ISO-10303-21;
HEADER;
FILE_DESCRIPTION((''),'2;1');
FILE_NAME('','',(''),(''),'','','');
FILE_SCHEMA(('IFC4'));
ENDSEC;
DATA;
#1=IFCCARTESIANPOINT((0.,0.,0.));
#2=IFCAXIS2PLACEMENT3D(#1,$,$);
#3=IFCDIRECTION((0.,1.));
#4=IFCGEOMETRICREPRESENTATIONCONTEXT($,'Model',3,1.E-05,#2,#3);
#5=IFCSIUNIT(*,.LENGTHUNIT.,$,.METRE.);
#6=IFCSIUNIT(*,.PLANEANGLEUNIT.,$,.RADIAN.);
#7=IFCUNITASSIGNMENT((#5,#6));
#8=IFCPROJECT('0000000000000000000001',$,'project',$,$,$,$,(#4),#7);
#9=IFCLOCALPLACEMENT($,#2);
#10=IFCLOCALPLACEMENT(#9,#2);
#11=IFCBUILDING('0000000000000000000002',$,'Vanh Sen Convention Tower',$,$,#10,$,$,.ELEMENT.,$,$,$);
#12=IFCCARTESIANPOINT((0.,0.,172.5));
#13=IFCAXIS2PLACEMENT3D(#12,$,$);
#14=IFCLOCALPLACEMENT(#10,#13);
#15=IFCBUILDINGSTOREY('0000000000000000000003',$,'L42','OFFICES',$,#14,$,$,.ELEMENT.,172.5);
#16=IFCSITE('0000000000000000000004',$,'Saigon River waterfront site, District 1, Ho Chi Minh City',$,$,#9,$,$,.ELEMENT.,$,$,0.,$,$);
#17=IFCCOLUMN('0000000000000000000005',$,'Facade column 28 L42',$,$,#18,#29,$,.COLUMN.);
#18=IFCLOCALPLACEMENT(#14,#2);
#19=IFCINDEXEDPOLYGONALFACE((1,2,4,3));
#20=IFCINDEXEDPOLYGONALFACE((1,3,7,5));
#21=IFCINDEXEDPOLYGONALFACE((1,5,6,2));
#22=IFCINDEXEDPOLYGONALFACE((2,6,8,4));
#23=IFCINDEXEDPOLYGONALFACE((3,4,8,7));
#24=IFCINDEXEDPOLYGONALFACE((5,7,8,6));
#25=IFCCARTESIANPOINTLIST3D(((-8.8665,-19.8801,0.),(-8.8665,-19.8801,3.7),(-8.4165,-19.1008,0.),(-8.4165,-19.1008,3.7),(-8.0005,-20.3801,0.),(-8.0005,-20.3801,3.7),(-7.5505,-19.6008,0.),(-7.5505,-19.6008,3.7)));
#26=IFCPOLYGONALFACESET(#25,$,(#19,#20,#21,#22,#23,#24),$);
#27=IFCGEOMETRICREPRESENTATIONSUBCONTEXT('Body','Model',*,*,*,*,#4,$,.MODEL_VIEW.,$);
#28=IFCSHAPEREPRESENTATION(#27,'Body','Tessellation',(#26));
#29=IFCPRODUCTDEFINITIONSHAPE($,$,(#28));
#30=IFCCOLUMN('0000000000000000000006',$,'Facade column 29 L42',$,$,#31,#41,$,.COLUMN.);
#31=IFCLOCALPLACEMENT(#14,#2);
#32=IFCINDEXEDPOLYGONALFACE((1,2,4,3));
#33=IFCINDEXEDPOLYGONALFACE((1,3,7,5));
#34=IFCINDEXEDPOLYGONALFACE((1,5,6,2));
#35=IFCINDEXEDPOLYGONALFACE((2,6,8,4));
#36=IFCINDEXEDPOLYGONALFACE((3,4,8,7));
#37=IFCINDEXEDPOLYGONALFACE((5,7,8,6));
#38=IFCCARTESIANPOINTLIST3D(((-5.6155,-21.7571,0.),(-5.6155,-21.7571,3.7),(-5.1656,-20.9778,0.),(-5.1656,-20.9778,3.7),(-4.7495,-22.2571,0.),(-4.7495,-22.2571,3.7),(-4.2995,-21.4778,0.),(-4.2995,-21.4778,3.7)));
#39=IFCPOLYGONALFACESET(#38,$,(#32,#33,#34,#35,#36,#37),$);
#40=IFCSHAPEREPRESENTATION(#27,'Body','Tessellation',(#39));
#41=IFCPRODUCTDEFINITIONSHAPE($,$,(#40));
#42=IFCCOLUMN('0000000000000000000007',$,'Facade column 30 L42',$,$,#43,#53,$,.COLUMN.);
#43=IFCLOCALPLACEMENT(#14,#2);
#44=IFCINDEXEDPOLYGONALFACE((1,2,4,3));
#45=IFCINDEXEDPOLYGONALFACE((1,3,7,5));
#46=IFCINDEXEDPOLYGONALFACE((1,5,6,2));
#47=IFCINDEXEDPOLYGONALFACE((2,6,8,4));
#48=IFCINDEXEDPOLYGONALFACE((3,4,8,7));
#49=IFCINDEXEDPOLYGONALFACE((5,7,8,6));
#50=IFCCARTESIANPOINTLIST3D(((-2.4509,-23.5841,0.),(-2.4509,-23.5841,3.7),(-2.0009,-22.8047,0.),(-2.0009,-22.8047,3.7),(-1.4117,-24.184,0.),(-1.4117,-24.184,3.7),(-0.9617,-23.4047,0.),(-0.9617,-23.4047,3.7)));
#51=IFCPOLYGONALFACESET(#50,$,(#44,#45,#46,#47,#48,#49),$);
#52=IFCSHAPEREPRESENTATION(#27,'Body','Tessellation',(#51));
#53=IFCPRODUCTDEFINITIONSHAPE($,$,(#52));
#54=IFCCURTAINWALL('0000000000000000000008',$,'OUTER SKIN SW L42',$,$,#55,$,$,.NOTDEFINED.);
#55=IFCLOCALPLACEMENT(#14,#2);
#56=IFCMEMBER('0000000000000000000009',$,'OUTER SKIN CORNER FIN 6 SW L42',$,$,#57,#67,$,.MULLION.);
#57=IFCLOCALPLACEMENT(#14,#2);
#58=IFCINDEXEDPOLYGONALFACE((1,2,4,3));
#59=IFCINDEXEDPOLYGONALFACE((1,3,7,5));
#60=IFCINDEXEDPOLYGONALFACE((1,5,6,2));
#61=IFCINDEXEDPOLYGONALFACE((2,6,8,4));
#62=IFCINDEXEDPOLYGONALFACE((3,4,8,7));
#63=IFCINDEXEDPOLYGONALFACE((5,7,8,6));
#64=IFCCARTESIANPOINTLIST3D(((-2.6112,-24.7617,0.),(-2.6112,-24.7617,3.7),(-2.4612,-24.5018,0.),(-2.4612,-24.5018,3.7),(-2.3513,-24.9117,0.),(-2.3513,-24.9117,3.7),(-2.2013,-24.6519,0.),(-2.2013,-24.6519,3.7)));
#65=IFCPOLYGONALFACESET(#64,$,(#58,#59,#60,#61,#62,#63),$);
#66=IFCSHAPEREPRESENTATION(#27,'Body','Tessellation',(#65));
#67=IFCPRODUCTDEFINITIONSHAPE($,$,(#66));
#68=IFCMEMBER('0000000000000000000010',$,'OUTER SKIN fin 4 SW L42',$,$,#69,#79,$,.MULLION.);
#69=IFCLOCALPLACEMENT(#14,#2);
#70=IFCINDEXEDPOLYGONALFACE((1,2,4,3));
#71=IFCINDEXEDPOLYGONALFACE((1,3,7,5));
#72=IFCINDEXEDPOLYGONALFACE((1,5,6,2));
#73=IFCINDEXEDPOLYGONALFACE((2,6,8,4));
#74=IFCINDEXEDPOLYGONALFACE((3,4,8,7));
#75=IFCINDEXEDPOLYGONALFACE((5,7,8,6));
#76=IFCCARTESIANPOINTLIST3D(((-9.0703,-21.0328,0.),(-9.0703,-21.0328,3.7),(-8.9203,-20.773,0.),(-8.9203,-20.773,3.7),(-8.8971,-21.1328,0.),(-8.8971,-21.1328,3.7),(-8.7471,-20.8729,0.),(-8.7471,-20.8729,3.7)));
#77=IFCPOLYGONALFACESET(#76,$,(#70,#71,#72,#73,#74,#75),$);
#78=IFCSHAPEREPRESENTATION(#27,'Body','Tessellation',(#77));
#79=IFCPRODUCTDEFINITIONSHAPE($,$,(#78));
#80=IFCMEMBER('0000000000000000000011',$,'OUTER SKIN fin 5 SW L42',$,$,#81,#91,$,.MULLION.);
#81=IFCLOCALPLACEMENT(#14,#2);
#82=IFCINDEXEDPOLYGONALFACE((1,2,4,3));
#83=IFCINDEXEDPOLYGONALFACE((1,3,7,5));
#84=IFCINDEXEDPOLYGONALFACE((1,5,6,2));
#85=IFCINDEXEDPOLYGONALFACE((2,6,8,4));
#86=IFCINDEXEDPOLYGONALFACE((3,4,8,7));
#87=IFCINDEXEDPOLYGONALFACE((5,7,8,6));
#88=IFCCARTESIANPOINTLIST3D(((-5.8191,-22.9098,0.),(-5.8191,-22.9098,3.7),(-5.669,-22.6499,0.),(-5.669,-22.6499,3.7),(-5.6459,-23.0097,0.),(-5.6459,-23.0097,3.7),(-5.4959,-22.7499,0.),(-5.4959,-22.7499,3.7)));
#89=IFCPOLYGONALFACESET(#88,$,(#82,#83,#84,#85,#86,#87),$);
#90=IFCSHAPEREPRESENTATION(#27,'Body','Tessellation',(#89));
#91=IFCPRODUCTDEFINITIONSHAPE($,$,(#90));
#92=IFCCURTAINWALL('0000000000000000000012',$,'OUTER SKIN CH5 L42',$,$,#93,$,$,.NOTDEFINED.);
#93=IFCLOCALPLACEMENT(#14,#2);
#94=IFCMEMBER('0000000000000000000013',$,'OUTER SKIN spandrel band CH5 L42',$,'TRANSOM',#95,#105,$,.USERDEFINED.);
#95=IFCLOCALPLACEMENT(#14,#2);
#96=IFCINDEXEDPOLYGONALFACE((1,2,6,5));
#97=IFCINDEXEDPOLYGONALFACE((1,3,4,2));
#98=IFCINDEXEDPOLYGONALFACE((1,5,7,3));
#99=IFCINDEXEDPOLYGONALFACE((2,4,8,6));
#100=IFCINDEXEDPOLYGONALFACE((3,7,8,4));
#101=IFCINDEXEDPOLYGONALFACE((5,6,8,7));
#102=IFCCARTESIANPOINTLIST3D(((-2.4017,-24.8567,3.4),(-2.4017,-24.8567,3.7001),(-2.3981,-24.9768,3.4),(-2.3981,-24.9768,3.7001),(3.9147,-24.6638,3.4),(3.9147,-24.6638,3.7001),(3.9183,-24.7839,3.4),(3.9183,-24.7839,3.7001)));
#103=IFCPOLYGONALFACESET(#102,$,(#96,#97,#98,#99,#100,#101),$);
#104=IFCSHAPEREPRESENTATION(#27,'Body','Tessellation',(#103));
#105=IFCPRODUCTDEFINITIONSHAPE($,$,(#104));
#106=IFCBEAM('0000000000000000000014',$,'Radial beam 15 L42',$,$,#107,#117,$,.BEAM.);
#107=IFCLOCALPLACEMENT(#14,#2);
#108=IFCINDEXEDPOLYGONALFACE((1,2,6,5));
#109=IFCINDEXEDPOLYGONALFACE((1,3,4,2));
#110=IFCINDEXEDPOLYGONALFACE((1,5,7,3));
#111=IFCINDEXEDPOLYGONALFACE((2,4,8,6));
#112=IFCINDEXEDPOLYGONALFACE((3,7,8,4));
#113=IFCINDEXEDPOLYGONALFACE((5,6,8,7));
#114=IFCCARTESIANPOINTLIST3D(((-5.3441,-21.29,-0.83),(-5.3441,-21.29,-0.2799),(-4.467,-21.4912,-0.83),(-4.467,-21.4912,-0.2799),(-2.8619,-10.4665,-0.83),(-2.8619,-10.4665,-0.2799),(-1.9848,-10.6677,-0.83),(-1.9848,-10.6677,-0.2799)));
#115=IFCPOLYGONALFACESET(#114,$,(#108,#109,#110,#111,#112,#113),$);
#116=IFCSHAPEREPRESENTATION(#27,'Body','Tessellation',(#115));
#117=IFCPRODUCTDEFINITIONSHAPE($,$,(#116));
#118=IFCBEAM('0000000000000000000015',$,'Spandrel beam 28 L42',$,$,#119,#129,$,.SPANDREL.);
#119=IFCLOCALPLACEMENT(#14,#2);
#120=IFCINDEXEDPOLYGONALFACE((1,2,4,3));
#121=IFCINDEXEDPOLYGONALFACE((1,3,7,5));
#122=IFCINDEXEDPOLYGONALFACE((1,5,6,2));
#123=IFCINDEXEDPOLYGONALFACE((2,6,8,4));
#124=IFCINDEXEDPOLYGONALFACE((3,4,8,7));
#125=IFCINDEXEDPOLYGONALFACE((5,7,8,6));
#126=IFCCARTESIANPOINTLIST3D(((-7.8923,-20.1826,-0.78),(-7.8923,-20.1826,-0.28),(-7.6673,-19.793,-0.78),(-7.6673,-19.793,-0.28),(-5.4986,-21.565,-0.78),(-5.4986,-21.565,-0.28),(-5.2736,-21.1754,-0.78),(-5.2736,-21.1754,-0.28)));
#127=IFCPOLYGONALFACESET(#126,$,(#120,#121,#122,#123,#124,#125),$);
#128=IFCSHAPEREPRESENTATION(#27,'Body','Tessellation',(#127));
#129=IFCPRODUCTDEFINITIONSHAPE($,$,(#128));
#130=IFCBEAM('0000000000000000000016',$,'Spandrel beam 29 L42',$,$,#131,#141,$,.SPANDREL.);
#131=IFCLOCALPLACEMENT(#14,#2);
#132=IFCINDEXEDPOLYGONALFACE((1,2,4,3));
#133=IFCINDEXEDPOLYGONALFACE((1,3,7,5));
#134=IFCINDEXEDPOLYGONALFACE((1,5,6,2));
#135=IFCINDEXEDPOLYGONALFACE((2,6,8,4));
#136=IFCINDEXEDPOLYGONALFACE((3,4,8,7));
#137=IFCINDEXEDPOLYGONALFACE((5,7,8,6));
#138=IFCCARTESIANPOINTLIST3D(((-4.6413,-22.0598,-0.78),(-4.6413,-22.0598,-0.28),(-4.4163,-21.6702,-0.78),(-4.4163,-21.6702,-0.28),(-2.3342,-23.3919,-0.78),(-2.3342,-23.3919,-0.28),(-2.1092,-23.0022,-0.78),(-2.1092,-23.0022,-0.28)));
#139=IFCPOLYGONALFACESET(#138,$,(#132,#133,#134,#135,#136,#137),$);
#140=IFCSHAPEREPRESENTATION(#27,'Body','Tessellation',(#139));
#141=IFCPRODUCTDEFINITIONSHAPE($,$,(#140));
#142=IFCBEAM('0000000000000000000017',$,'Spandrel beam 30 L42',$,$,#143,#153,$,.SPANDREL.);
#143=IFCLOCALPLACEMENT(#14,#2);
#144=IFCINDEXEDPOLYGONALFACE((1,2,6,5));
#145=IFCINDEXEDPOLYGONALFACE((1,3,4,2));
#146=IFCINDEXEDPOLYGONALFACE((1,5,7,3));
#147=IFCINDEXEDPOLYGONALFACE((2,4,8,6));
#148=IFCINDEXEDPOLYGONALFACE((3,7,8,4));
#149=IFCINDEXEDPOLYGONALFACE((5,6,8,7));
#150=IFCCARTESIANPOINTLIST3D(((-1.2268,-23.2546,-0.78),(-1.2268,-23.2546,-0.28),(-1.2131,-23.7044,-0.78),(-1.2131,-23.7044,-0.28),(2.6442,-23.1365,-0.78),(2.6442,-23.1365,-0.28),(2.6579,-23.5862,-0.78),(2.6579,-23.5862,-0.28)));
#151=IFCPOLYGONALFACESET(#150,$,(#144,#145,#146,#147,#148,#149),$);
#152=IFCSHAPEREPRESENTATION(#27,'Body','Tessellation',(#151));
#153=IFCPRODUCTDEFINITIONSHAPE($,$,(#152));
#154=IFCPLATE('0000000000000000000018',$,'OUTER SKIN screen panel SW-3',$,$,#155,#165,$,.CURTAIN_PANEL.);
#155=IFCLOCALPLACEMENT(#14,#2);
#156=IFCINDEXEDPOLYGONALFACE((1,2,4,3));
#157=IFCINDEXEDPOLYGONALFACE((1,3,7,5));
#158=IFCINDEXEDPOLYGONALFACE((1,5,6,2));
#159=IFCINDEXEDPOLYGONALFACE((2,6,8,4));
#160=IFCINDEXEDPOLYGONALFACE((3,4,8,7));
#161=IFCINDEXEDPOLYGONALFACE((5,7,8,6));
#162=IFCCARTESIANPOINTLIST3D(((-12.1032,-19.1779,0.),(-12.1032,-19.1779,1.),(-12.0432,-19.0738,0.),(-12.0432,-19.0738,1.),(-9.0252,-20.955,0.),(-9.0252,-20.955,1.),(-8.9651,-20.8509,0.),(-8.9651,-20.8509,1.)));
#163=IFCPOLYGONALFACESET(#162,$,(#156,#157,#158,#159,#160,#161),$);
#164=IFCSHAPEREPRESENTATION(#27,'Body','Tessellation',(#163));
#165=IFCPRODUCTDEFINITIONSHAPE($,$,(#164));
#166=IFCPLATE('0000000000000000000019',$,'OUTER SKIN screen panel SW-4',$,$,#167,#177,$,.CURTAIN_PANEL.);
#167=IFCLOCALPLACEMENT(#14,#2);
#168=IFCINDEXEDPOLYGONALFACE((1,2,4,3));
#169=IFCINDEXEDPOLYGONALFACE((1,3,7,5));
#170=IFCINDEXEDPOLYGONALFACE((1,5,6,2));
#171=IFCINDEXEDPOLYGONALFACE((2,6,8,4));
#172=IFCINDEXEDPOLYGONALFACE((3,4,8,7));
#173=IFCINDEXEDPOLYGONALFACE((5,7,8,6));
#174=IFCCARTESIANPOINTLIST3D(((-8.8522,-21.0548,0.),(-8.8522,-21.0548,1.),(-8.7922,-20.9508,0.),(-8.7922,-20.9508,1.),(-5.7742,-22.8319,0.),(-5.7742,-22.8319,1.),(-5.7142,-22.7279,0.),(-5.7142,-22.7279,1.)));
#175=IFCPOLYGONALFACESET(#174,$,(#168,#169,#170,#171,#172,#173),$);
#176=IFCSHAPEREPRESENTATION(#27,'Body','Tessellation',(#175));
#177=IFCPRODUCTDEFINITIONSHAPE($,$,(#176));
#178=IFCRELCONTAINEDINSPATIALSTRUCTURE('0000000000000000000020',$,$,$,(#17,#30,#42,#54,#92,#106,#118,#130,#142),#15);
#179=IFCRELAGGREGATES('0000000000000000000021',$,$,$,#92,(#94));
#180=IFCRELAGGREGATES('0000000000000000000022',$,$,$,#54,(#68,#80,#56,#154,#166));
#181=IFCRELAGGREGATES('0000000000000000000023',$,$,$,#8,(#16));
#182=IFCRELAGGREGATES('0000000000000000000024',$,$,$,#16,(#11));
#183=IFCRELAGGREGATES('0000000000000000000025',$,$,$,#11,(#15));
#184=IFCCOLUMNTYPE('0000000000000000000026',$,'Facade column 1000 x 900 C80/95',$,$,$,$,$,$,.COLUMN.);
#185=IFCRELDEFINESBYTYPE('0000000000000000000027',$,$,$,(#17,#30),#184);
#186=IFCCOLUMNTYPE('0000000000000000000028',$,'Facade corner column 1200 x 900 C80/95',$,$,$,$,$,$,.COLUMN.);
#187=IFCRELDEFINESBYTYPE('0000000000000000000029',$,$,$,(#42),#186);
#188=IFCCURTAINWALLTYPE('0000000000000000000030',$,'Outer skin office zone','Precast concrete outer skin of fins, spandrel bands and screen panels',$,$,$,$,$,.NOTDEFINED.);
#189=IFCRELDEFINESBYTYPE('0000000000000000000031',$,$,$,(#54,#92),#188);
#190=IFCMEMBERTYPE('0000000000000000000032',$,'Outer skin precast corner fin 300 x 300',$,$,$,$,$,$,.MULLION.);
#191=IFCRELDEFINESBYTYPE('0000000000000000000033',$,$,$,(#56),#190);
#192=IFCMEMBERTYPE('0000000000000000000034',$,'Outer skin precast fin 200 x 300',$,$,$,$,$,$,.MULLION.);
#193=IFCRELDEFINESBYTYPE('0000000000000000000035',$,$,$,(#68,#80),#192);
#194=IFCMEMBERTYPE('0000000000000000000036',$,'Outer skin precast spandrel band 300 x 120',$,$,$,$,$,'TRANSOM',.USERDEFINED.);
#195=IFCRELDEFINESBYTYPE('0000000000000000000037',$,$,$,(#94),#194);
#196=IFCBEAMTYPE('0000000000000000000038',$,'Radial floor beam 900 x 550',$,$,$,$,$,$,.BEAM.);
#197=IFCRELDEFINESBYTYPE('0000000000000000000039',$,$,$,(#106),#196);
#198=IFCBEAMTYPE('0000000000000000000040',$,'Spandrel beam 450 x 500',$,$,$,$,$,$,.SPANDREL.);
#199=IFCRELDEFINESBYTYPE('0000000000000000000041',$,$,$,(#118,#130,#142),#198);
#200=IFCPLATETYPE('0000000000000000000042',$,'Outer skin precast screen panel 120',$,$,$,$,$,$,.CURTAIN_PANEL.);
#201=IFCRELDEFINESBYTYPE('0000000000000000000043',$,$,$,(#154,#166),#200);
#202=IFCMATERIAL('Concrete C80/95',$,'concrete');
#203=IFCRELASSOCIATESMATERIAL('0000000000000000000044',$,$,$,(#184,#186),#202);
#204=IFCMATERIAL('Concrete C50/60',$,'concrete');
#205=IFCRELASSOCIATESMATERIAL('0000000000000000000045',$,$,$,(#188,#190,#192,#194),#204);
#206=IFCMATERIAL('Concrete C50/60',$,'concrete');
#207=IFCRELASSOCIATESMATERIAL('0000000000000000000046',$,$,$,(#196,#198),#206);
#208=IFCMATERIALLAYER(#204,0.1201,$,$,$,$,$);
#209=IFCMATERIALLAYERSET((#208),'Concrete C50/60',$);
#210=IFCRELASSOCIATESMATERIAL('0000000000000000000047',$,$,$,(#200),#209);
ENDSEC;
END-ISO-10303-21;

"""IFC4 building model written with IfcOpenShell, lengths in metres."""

from ifc_helpers import new_model, si_unit, direction, frame, origin, origin_2d, place, context, subcontext, project, spatial, rectangle, extrude, material, layer, layer_set, material_profile, profile_set, type_object, element, aggregate, save


model = new_model("IFC4")

# Units and contexts
model_context = context("Model", 3, precision=1e-05, world=origin(), true_north=direction((0.0, 1.0)))
body_context = subcontext(model_context, "Body", "Model", "MODEL_VIEW")
ifc_project = project(units=[si_unit("LENGTHUNIT", "METRE"), si_unit("PLANEANGLEUNIT", "RADIAN")], contexts=[model_context])

# Site, building, storey
site_placement = place(None, origin())
site = spatial("IfcSite", under=ifc_project, at=site_placement, Name="Saigon River waterfront site, District 1, Ho Chi Minh City", CompositionType="ELEMENT", RefElevation=0.0)
building_placement = place(site_placement, origin())
building = spatial("IfcBuilding", under=site, at=building_placement, Name="Vanh Sen Convention Tower", CompositionType="ELEMENT")
storey_placement = place(building_placement, frame((0.0, 0.0, 172.5)))
storey = spatial("IfcBuildingStorey", under=building, at=storey_placement, Name="L42", Description="OFFICES", CompositionType="ELEMENT", Elevation=172.5)

# Columns
ifc_material_1 = material(Name="Concrete C80/95", Category="concrete")
ifc_material_profile_1 = material_profile(ifc_material_1, rectangle(XDim=1.0, YDim=0.8999, at=origin_2d()), Name="RC 1000X900")
ifc_profile_set_1 = profile_set([ifc_material_profile_1], Name="Concrete C80/95")
column_type_1 = type_object("IfcColumnType", Name="Facade column 1000 x 900 C80/95", PredefinedType="COLUMN", material=ifc_profile_set_1)
for number, where, z_axis, x_axis, name in (
    (1, (-8.2085, -19.7405, 0.0), (0.0, 0.0, 1.0), (0.866025, -0.5, 0.0), "Facade column 28 L42"),
    (2, (-4.9575, -21.6174, 0.0), (0.0, 0.0, 1.0), (0.866025, -0.5, 0.0), "Facade column 29 L42"),
):
    element("IfcColumn", number, at=place(storey_placement, frame(where, z_axis=z_axis, x_axis=x_axis)), inside=storey, type_object=column_type_1, Name=name, PredefinedType="COLUMN", context=body_context, shape_type="SweptSolid", body=[
        extrude(rectangle(XDim=1.0, YDim=0.8999, at=origin_2d()), origin(), (0.0, 0.0, 1.0), 3.7),
    ])
ifc_material_profile_2 = material_profile(ifc_material_1, rectangle(XDim=1.2, YDim=0.8999, at=origin_2d()), Name="RC 1200X900")
ifc_profile_set_2 = profile_set([ifc_material_profile_2], Name="Concrete C80/95")
column_type_2 = type_object("IfcColumnType", Name="Facade corner column 1200 x 900 C80/95", PredefinedType="COLUMN", material=ifc_profile_set_2)
column_placement = place(storey_placement, frame((-1.7063, -23.4944, 0.0), z_axis=(0.0, 0.0, 1.0), x_axis=(0.866025, -0.5, 0.0)))
element("IfcColumn", 3, at=column_placement, inside=storey, type_object=column_type_2, Name="Facade column 30 L42", PredefinedType="COLUMN", context=body_context, shape_type="SweptSolid", body=[
    extrude(rectangle(XDim=1.2, YDim=0.8999, at=origin_2d()), origin(), (0.0, 0.0, 1.0), 3.7),
])

# Curtain wall, members
ifc_material_2 = material(Name="Concrete C50/60", Category="concrete")
curtain_wall_type = type_object("IfcCurtainWallType", Name="Outer skin office zone", Description="Precast concrete outer skin of fins, spandrel bands and screen panels", PredefinedType="NOTDEFINED", material=ifc_material_2)
curtain_wall_1_placement = place(storey_placement, origin())
curtain_wall_1 = element("IfcCurtainWall", 4, at=curtain_wall_1_placement, inside=storey, type_object=curtain_wall_type, Name="OUTER SKIN SW L42", PredefinedType="NOTDEFINED")
ifc_material_profile_3 = material_profile(ifc_material_2, rectangle(XDim=0.3, YDim=0.3, at=origin_2d()), Name="Outer skin precast corner fin 300 x 300")
ifc_profile_set_3 = profile_set([ifc_material_profile_3], Name="Concrete C50/60")
member_type_1 = type_object("IfcMemberType", Name="Outer skin precast corner fin 300 x 300", PredefinedType="MULLION", material=ifc_profile_set_3)
member_1_placement = place(storey_placement, frame((-2.4062, -24.7068, 0.0), z_axis=(0.0, 0.0, 1.0), x_axis=(0.866025, -0.5, 0.0)))
member_1 = element("IfcMember", 5, at=member_1_placement, type_object=member_type_1, Name="OUTER SKIN CORNER FIN 6 SW L42", PredefinedType="MULLION", context=body_context, shape_type="SweptSolid", body=[
    extrude(rectangle(XDim=0.3, YDim=0.3, at=origin_2d()), origin(), (0.0, 0.0, 1.0), 3.7),
])
ifc_material_profile_4 = material_profile(ifc_material_2, rectangle(XDim=0.2, YDim=0.3, at=origin_2d()), Name="Outer skin precast fin 200 x 300")
ifc_profile_set_4 = profile_set([ifc_material_profile_4], Name="Concrete C50/60")
member_type_2 = type_object("IfcMemberType", Name="Outer skin precast fin 200 x 300", PredefinedType="MULLION", material=ifc_profile_set_4)
member_2_placement = place(storey_placement, frame((-8.9087, -20.9529, 0.0), z_axis=(0.0, 0.0, 1.0), x_axis=(0.866025, -0.5, 0.0)))
member_2 = element("IfcMember", 6, at=member_2_placement, type_object=member_type_2, Name="OUTER SKIN fin 4 SW L42", PredefinedType="MULLION", context=body_context, shape_type="SweptSolid", body=[
    extrude(rectangle(XDim=0.2, YDim=0.3, at=origin_2d()), origin(), (0.0, 0.0, 1.0), 3.7),
])
member_3_placement = place(storey_placement, frame((-5.6575, -22.8298, 0.0), z_axis=(0.0, 0.0, 1.0), x_axis=(0.866025, -0.5, 0.0)))
member_3 = element("IfcMember", 7, at=member_3_placement, type_object=member_type_2, Name="OUTER SKIN fin 5 SW L42", PredefinedType="MULLION", context=body_context, shape_type="SweptSolid", body=[
    extrude(rectangle(XDim=0.2, YDim=0.3, at=origin_2d()), origin(), (0.0, 0.0, 1.0), 3.7),
])

# Curtain wall, member
curtain_wall_2_placement = place(storey_placement, origin())
curtain_wall_2 = element("IfcCurtainWall", 8, at=curtain_wall_2_placement, inside=storey, type_object=curtain_wall_type, Name="OUTER SKIN CH5 L42", PredefinedType="NOTDEFINED")
ifc_material_profile_5 = material_profile(ifc_material_2, rectangle(XDim=0.1201, YDim=0.3, at=origin_2d()), Name="Outer skin precast spandrel band 300 x 120")
ifc_profile_set_5 = profile_set([ifc_material_profile_5], Name="Concrete C50/60")
member_type_3 = type_object("IfcMemberType", Name="Outer skin precast spandrel band 300 x 120", ElementType="TRANSOM", PredefinedType="USERDEFINED", material=ifc_profile_set_5)
member_4_placement = place(storey_placement, frame((-2.3999, -24.9167, 3.55), z_axis=(0.999534, 0.030521, 0.0), x_axis=(-0.030521, 0.999534, 0.0)))
member_4 = element("IfcMember", 9, at=member_4_placement, type_object=member_type_3, Name="OUTER SKIN spandrel band CH5 L42", ObjectType="TRANSOM", PredefinedType="USERDEFINED", context=body_context, shape_type="SweptSolid", body=[
    extrude(rectangle(XDim=0.1201, YDim=0.3, at=origin_2d()), origin(), (0.0, 0.0, 1.0), 6.3193),
])
aggregate(curtain_wall_2, [member_4])

# Beams
ifc_material_3 = material(Name="Concrete C50/60", Category="concrete")
ifc_material_profile_6 = material_profile(ifc_material_3, rectangle(XDim=0.8999, YDim=0.55, at=origin_2d()), Name="RC 900X550")
ifc_profile_set_6 = profile_set([ifc_material_profile_6], Name="Concrete C50/60")
beam_type_1 = type_object("IfcBeamType", Name="Radial floor beam 900 x 550", PredefinedType="BEAM", material=ifc_profile_set_6)
beam_1_placement = place(storey_placement, frame((-4.9055, -21.3906, -0.5549), z_axis=(0.22353, 0.974697, 0.0), x_axis=(-0.974697, 0.22353, 0.0)))
element("IfcBeam", 10, at=beam_1_placement, inside=storey, type_object=beam_type_1, Name="Radial beam 15 L42", PredefinedType="BEAM", context=body_context, shape_type="SweptSolid", body=[
    extrude(rectangle(XDim=0.8999, YDim=0.55, at=origin_2d()), origin(), (0.0, 0.0, 1.0), 11.1045),
])
ifc_material_profile_7 = material_profile(ifc_material_3, rectangle(XDim=0.45, YDim=0.5, at=origin_2d()), Name="RC 450X500")
ifc_profile_set_7 = profile_set([ifc_material_profile_7], Name="Concrete C50/60")
beam_type_2 = type_object("IfcBeamType", Name="Spandrel beam 450 x 500", PredefinedType="SPANDREL", material=ifc_profile_set_7)
beam_2_placement = place(storey_placement, frame((-7.7798, -19.9878, -0.53), z_axis=(0.865962, -0.50011, 0.0), x_axis=(0.50011, 0.865962, 0.0)))
element("IfcBeam", 11, at=beam_2_placement, inside=storey, type_object=beam_type_2, Name="Spandrel beam 28 L42", PredefinedType="SPANDREL", context=body_context, shape_type="SweptSolid", body=[
    extrude(rectangle(XDim=0.45, YDim=0.5, at=origin_2d()), origin(), (0.0, 0.0, 1.0), 2.7642),
])
beam_3_placement = place(storey_placement, frame((-4.5288, -21.865, -0.53), z_axis=(0.866024, -0.500003, 0.0), x_axis=(0.500003, 0.866024, 0.0)))
element("IfcBeam", 12, at=beam_3_placement, inside=storey, type_object=beam_type_2, Name="Spandrel beam 29 L42", PredefinedType="SPANDREL", context=body_context, shape_type="SweptSolid", body=[
    extrude(rectangle(XDim=0.45, YDim=0.5, at=origin_2d()), origin(), (0.0, 0.0, 1.0), 2.6641),
])
beam_4_placement = place(storey_placement, frame((-1.22, -23.4795, -0.53), z_axis=(0.999534, 0.030511, 0.0), x_axis=(-0.030511, 0.999534, 0.0)))
element("IfcBeam", 13, at=beam_4_placement, inside=storey, type_object=beam_type_2, Name="Spandrel beam 30 L42", PredefinedType="SPANDREL", context=body_context, shape_type="SweptSolid", body=[
    extrude(rectangle(XDim=0.45, YDim=0.5, at=origin_2d()), origin(), (0.0, 0.0, 1.0), 3.8728),
])

# Plates
ifc_layer_1 = layer(ifc_material_2, 0.1201)
ifc_layer_set_1 = layer_set([ifc_layer_1], Name="Concrete C50/60")
plate_type = type_object("IfcPlateType", Name="Outer skin precast screen panel 120", PredefinedType="CURTAIN_PANEL", material=ifc_layer_set_1)
plate_1_placement = place(storey_placement, frame((-10.5342, -20.0144, 0.0), z_axis=(0.0, 0.0, 1.0), x_axis=(0.866024, -0.500003, 0.0)))
plate_1 = element("IfcPlate", 14, at=plate_1_placement, type_object=plate_type, Name="OUTER SKIN screen panel SW-3", PredefinedType="CURTAIN_PANEL", context=body_context, shape_type="SweptSolid", body=[
    extrude(rectangle(XDim=3.5542, YDim=0.1201, at=origin_2d()), origin(), (0.0, 0.0, 1.0), 1.0),
])
plate_2_placement = place(storey_placement, frame((-7.2832, -21.8914, 0.0), z_axis=(0.0, 0.0, 1.0), x_axis=(0.866017, -0.500015, 0.0)))
plate_2 = element("IfcPlate", 15, at=plate_2_placement, type_object=plate_type, Name="OUTER SKIN screen panel SW-4", PredefinedType="CURTAIN_PANEL", context=body_context, shape_type="SweptSolid", body=[
    extrude(rectangle(XDim=3.5542, YDim=0.1201, at=origin_2d()), origin(), (0.0, 0.0, 1.0), 1.0),
])
aggregate(curtain_wall_1, [member_2, member_3, member_1, plate_1, plate_2])

save(model, "model.ifc")
